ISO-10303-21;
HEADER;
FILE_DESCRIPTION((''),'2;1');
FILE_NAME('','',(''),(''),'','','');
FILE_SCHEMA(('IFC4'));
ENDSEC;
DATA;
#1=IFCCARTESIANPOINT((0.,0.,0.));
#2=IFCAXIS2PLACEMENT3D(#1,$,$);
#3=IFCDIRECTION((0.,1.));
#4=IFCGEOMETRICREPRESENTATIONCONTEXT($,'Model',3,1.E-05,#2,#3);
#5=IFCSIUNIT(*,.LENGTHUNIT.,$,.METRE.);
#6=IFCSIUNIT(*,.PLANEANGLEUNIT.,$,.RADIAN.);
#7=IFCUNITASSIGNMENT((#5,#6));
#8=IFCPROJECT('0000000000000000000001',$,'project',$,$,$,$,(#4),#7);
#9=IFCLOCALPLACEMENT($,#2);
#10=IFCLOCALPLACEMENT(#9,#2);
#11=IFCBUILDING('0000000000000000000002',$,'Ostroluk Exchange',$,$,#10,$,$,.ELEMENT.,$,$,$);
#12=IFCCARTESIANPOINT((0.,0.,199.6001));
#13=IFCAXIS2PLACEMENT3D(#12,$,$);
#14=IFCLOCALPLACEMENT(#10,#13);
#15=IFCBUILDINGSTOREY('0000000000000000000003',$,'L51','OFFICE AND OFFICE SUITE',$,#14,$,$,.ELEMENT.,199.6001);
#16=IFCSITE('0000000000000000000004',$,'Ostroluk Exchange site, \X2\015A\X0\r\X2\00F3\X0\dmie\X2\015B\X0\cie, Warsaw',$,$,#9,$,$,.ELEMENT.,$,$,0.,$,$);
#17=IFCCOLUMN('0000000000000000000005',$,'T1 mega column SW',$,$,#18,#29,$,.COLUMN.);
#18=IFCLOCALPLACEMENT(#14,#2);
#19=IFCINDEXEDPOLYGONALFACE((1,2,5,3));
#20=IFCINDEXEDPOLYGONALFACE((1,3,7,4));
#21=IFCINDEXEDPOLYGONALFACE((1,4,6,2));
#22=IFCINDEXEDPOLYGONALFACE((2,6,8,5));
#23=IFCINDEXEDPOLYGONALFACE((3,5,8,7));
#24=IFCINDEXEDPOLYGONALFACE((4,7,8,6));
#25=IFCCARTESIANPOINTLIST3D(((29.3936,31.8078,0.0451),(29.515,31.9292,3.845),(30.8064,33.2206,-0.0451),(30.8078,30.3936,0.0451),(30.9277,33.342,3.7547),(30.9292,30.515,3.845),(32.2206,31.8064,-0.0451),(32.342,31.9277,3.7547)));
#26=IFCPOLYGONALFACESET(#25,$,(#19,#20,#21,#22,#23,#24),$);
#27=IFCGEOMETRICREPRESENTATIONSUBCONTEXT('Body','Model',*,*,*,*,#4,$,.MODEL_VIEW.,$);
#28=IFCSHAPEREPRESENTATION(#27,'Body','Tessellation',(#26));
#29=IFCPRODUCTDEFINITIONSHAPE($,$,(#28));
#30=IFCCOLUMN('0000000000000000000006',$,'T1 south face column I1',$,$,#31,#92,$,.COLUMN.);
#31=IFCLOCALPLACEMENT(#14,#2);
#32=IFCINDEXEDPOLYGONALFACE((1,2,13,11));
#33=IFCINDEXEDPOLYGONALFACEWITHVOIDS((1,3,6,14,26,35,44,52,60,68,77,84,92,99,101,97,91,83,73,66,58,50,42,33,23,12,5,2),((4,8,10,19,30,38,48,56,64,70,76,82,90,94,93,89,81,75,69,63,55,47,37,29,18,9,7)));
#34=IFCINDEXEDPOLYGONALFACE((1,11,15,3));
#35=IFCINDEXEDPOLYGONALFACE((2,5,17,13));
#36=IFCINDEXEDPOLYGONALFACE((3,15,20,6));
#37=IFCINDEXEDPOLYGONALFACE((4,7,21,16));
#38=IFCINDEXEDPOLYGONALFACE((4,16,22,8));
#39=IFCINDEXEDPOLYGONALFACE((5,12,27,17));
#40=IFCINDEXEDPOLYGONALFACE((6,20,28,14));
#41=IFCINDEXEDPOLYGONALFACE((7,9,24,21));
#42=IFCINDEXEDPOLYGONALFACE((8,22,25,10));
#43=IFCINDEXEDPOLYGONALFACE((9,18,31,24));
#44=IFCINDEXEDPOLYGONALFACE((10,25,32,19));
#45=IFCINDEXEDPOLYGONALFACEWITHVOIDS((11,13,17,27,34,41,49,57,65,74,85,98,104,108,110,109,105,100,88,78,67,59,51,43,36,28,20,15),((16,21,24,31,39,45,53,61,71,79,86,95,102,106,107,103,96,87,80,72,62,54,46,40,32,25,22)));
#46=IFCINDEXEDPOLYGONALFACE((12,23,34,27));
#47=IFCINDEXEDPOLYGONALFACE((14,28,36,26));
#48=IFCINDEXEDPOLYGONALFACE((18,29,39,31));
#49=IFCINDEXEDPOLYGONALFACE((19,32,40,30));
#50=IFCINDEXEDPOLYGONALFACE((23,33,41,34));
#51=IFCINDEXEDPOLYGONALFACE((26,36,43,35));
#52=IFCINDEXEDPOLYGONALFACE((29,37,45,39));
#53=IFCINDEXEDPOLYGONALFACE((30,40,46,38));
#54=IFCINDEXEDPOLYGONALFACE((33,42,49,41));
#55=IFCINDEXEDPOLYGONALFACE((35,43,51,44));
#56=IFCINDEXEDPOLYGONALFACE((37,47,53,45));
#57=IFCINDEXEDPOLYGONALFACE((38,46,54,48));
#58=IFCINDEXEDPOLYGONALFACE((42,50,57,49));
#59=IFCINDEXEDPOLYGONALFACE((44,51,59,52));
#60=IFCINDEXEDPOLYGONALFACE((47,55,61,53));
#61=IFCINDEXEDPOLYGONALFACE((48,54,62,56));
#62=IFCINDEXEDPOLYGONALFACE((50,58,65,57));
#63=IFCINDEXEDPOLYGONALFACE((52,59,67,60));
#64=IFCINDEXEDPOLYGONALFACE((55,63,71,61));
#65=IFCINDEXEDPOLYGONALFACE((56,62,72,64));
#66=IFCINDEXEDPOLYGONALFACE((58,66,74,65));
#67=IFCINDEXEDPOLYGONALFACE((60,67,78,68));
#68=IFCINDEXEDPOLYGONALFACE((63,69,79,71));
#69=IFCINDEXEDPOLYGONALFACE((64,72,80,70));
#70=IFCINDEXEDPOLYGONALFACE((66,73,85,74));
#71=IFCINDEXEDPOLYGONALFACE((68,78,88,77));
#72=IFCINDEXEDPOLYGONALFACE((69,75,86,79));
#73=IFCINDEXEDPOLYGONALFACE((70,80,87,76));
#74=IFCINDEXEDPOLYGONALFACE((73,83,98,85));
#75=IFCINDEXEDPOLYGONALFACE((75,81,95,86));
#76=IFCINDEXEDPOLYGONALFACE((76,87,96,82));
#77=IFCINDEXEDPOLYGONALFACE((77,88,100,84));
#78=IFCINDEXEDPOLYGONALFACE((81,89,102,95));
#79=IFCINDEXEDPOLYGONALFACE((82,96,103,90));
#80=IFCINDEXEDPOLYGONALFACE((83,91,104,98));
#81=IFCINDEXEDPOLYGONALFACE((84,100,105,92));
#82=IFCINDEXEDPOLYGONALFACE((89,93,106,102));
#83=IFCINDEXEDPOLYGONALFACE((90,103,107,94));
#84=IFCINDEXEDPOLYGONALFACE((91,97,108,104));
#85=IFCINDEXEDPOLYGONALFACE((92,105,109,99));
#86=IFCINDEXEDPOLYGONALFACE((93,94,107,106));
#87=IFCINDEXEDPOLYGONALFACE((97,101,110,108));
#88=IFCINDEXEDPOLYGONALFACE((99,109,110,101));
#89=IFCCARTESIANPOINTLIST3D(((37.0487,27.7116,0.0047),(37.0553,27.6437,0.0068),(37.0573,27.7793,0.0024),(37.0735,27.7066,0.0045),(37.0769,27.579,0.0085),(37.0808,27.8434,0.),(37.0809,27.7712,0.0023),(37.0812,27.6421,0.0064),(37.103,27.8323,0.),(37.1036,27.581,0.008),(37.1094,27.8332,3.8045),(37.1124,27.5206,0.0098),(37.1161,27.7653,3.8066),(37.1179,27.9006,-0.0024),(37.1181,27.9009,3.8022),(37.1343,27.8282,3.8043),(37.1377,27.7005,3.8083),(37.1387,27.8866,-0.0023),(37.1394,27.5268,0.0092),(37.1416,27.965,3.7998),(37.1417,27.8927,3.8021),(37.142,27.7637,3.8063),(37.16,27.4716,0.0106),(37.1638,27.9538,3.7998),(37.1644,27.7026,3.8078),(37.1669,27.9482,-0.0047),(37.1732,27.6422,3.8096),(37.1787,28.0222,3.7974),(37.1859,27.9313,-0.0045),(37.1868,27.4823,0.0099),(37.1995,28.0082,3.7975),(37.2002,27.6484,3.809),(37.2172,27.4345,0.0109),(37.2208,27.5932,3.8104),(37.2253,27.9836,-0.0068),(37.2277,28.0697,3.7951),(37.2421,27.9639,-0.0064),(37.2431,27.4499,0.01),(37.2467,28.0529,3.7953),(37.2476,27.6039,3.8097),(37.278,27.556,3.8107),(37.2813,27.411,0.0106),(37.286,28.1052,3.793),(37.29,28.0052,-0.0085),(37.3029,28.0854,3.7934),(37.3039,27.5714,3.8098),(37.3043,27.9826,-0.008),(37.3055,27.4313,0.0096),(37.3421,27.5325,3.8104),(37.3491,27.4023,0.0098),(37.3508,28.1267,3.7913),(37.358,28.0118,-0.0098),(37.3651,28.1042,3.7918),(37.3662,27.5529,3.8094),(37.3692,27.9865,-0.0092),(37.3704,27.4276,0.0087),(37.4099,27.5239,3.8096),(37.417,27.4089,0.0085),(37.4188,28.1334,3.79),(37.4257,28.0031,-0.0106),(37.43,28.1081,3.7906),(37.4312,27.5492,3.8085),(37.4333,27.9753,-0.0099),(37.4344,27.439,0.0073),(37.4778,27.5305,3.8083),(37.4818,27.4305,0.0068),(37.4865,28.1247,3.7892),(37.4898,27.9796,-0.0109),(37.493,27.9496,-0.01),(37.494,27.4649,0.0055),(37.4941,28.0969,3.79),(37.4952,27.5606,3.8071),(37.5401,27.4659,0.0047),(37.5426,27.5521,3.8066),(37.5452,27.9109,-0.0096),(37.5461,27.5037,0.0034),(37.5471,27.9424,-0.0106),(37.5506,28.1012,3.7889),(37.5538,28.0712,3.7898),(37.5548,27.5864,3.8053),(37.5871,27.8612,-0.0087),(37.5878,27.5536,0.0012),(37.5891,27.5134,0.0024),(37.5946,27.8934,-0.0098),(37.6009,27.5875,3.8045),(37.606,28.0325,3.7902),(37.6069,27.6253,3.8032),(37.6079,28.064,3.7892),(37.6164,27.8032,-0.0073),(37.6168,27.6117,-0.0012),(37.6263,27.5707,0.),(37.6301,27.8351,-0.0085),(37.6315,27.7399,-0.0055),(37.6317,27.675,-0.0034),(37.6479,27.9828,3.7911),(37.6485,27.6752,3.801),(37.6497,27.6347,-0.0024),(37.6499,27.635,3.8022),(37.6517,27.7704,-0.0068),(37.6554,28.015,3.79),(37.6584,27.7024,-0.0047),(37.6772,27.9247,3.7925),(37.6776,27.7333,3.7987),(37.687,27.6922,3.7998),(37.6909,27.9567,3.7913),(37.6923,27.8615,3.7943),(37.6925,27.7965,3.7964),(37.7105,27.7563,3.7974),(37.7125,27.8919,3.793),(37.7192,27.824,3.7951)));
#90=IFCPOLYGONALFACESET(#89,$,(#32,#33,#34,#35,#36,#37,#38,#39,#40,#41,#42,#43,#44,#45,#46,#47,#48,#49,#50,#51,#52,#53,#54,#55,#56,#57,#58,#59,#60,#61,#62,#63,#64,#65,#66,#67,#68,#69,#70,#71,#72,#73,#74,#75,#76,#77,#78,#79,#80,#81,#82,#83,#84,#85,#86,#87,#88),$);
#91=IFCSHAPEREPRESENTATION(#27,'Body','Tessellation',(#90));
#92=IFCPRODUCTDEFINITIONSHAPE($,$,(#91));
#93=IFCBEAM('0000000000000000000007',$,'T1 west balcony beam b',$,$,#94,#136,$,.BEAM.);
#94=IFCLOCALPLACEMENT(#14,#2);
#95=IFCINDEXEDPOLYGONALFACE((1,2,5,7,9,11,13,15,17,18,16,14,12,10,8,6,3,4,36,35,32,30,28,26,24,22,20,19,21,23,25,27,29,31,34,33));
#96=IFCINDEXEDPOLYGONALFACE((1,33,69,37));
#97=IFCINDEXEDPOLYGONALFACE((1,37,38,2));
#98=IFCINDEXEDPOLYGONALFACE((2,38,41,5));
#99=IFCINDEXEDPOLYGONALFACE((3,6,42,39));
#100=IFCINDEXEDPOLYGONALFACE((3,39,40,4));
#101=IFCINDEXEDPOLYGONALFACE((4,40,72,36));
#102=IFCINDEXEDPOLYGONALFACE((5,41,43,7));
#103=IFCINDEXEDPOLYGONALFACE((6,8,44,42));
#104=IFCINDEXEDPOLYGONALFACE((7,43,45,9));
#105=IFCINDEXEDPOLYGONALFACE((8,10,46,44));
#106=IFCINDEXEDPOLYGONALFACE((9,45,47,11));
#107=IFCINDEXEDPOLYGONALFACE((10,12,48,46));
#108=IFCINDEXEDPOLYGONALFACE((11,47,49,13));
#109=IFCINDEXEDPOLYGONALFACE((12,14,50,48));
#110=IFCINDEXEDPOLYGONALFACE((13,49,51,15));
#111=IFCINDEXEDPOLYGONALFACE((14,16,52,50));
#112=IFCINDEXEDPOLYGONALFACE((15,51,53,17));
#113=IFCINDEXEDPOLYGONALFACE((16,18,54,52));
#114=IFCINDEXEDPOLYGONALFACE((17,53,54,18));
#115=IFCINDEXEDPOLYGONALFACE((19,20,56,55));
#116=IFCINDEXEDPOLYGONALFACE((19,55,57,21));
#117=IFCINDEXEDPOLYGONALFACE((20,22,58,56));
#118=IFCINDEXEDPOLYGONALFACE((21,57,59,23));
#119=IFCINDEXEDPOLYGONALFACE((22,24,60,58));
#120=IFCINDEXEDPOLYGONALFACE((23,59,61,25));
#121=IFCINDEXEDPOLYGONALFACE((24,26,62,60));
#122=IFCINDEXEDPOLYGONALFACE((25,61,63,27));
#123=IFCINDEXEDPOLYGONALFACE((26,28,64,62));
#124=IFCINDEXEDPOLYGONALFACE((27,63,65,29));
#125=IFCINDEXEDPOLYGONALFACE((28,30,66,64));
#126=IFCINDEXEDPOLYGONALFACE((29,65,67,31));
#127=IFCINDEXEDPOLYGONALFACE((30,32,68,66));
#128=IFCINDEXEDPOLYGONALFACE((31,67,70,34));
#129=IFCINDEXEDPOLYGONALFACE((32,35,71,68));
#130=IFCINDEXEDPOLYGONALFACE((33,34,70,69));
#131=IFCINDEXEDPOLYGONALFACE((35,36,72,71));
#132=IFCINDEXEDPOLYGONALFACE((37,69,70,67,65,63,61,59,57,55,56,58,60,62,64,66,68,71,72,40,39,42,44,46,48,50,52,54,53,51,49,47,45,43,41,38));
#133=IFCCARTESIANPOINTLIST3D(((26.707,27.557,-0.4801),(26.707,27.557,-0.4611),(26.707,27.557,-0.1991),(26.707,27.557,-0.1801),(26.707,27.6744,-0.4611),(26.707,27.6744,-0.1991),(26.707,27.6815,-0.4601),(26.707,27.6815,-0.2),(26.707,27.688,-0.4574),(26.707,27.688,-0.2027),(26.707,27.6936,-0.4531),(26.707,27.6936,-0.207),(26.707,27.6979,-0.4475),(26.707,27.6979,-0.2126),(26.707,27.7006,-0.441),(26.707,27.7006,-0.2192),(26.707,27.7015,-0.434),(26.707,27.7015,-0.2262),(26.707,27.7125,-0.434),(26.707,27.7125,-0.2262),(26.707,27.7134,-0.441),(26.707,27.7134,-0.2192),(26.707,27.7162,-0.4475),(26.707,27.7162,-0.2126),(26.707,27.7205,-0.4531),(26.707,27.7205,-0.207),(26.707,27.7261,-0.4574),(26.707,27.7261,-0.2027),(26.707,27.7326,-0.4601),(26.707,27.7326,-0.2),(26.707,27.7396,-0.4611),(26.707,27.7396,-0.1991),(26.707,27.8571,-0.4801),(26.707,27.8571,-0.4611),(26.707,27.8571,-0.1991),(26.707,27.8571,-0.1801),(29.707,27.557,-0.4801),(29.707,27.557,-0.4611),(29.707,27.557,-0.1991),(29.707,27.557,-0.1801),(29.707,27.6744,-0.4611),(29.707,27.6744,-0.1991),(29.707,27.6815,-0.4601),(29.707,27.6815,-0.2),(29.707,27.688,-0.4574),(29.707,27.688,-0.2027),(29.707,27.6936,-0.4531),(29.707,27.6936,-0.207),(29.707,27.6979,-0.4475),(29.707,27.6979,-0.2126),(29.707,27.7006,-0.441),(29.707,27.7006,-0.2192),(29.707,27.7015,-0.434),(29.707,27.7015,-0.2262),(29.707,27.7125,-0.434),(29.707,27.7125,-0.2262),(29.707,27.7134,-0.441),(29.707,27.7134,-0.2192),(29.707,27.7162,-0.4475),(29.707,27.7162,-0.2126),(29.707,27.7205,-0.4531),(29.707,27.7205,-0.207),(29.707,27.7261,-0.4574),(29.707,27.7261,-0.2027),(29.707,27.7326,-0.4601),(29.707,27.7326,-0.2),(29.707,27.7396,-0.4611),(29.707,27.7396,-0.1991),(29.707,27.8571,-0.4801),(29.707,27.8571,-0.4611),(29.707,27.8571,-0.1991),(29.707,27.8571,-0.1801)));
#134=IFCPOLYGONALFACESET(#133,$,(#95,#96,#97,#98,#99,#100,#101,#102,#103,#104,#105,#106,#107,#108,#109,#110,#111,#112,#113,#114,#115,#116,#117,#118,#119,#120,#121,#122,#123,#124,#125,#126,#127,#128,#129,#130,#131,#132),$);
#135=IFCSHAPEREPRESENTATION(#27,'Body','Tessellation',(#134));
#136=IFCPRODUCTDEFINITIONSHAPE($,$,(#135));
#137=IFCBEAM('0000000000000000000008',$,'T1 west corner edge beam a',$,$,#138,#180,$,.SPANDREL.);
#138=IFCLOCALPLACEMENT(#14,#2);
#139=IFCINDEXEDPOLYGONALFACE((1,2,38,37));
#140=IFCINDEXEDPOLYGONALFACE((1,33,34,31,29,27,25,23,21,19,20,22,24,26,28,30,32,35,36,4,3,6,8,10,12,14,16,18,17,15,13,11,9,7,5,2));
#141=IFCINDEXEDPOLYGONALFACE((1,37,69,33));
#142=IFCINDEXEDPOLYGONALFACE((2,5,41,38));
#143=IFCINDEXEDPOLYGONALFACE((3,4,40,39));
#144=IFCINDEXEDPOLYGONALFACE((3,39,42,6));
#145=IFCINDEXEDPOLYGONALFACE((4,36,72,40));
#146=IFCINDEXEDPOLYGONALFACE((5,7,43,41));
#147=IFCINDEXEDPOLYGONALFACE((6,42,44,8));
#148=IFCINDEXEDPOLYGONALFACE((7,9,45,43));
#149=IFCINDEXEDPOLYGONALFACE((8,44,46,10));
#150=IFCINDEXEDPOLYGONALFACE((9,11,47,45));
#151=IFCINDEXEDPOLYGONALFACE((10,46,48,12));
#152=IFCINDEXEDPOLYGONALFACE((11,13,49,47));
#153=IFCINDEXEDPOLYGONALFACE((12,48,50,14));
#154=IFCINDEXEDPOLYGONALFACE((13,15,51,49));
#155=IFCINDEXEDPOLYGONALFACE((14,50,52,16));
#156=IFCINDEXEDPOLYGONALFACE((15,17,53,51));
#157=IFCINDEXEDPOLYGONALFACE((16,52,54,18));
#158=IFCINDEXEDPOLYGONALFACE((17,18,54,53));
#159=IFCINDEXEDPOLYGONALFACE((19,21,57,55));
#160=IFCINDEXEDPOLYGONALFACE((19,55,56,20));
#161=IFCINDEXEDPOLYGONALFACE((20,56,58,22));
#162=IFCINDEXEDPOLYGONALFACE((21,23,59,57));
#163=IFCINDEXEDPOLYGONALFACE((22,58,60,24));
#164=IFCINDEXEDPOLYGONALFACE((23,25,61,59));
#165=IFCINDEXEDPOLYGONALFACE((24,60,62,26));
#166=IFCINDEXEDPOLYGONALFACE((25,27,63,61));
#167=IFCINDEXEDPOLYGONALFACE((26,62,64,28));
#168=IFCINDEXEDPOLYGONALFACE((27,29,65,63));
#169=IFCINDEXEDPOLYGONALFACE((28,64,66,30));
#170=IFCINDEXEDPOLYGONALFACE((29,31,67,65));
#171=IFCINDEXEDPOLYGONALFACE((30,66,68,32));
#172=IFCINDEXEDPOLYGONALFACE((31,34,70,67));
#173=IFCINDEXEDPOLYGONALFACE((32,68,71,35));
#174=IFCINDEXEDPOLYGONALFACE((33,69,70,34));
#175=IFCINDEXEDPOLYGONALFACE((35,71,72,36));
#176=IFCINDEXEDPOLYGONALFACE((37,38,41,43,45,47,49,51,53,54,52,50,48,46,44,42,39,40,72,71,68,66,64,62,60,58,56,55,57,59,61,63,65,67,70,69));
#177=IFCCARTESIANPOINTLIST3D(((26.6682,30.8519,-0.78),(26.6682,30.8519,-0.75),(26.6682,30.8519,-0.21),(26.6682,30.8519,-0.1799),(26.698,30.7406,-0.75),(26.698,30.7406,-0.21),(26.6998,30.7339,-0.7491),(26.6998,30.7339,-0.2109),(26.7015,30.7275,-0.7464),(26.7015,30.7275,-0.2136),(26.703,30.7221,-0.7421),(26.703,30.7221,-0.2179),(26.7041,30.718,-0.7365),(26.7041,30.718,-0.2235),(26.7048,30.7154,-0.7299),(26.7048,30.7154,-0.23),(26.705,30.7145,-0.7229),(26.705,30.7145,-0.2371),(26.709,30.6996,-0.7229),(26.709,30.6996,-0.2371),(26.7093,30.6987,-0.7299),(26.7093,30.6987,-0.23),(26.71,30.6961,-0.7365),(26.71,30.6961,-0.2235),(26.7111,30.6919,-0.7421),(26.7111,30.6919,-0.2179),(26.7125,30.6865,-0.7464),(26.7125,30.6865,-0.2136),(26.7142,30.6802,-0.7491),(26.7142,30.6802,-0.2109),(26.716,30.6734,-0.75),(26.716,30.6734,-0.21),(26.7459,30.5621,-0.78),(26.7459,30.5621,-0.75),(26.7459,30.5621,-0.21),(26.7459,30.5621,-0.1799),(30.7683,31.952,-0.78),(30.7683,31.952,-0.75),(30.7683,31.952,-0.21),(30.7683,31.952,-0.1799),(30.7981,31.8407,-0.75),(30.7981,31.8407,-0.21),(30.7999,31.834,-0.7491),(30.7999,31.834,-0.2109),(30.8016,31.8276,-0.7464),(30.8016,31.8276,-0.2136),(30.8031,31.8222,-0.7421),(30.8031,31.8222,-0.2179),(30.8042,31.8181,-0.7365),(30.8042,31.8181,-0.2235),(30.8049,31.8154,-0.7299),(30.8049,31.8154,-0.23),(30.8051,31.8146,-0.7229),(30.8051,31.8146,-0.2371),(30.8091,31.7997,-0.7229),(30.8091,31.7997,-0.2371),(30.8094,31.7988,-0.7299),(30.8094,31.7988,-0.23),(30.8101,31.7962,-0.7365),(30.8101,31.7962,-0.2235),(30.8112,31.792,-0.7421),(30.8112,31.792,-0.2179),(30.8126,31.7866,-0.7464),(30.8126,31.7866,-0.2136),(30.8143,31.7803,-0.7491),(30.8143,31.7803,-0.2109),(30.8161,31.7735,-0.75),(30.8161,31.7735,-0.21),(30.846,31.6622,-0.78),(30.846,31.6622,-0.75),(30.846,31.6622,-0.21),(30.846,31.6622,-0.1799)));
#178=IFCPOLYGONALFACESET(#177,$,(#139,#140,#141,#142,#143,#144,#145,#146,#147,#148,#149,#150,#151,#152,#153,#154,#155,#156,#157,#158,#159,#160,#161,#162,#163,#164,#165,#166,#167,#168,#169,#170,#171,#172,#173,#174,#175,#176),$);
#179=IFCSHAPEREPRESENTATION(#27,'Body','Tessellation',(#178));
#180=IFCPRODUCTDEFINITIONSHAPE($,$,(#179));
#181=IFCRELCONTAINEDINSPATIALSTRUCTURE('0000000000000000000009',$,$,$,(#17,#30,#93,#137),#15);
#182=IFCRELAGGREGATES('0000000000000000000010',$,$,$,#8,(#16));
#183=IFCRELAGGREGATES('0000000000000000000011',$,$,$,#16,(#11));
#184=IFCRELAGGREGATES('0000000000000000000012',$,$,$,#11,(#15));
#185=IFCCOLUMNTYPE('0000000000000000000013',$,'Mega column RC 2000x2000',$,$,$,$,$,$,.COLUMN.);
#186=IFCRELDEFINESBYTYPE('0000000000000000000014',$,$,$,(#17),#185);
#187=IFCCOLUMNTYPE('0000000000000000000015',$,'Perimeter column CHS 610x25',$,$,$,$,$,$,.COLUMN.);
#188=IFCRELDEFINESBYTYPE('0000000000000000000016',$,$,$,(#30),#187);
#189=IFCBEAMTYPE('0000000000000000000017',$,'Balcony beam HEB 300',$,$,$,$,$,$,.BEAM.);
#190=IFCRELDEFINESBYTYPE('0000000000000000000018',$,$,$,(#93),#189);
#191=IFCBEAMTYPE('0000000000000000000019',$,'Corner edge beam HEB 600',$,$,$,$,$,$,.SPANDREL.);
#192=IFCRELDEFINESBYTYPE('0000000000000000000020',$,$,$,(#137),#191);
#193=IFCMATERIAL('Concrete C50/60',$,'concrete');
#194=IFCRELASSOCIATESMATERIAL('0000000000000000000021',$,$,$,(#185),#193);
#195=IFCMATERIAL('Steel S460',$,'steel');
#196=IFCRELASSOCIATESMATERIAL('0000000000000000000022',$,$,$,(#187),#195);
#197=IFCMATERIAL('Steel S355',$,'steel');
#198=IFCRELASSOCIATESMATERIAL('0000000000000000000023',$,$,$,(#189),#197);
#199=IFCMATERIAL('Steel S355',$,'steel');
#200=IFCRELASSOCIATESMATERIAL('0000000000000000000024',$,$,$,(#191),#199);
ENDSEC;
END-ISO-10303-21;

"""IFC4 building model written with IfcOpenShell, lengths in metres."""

from ifc_helpers import new_model, si_unit, direction, frame, origin, origin_2d, place, context, subcontext, project, spatial, rectangle, hollow_circle, i_section, extrude, material, material_profile, profile_set, type_object, element, save


model = new_model("IFC4")

# Units and contexts
model_context = context("Model", 3, precision=1e-05, world=origin(), true_north=direction((0.0, 1.0)))
body_context = subcontext(model_context, "Body", "Model", "MODEL_VIEW")
ifc_project = project(units=[si_unit("LENGTHUNIT", "METRE"), si_unit("PLANEANGLEUNIT", "RADIAN")], contexts=[model_context])

# Site, building, storey
site_placement = place(None, origin())
site = spatial("IfcSite", under=ifc_project, at=site_placement, Name="Ostroluk Exchange site, Śródmieście, Warsaw", CompositionType="ELEMENT", RefElevation=0.0)
building_placement = place(site_placement, origin())
building = spatial("IfcBuilding", under=site, at=building_placement, Name="Ostroluk Exchange", CompositionType="ELEMENT")
storey_placement = place(building_placement, frame((0.0, 0.0, 199.6001)))
storey = spatial("IfcBuildingStorey", under=building, at=storey_placement, Name="L51", Description="OFFICE AND OFFICE SUITE", CompositionType="ELEMENT", Elevation=199.6001)

# Columns
ifc_material_1 = material(Name="Concrete C50/60", Category="concrete")
ifc_material_profile_1 = material_profile(ifc_material_1, rectangle(XDim=2.0, YDim=2.0, at=origin_2d()), Name="RC 2000x2000")
ifc_profile_set_1 = profile_set([ifc_material_profile_1], Name="Concrete C50/60")
column_type_1 = type_object("IfcColumnType", Name="Mega column RC 2000x2000", PredefinedType="COLUMN", material=ifc_profile_set_1)
column_1_placement = place(storey_placement, frame((30.8071, 31.8071, 0.0), z_axis=(0.0319, 0.0319, 0.998982), x_axis=(-0.707107, 0.707107, 0.0)))
element("IfcColumn", 1, at=column_1_placement, inside=storey, type_object=column_type_1, Name="T1 mega column SW", PredefinedType="COLUMN", context=body_context, shape_type="SweptSolid", body=[
    extrude(rectangle(XDim=2.0, YDim=2.0, at=origin_2d()), origin(), (0.0, 0.0, 1.0), 3.8037),
])
ifc_material_2 = material(Name="Steel S460", Category="steel")
ifc_material_profile_2 = material_profile(ifc_material_2, hollow_circle(Radius=0.3049, WallThickness=0.0249, at=origin_2d()), Name="CHS 610x25")
ifc_profile_set_2 = profile_set([ifc_material_profile_2], Name="Steel S460")
column_type_2 = type_object("IfcColumnType", Name="Perimeter column CHS 610x25", PredefinedType="COLUMN", material=ifc_profile_set_2)
column_2_placement = place(storey_placement, frame((37.3535, 27.707, 0.0), z_axis=(0.015988, 0.031976, 0.999361), x_axis=(-0.894427, 0.447214, 0.0)))
element("IfcColumn", 2, at=column_2_placement, inside=storey, type_object=column_type_2, Name="T1 south face column I1", PredefinedType="COLUMN", context=body_context, shape_type="SweptSolid", body=[
    extrude(hollow_circle(Radius=0.3049, WallThickness=0.0249, at=origin_2d()), origin(), (0.0, 0.0, 1.0), 3.8022),
])

# Beams
ifc_material_3 = material(Name="Steel S355", Category="steel")
ifc_material_profile_3 = material_profile(ifc_material_3, i_section(OverallWidth=0.3, OverallDepth=0.3, WebThickness=0.011, FlangeThickness=0.019, FilletRadius=0.0271, at=origin_2d()), Name="HEB 300")
ifc_profile_set_3 = profile_set([ifc_material_profile_3], Name="Steel S355")
beam_type_1 = type_object("IfcBeamType", Name="Balcony beam HEB 300", PredefinedType="BEAM", material=ifc_profile_set_3)
beam_1_placement = place(storey_placement, frame((29.707, 27.707, -0.3301), z_axis=(-1.0, 0.0, 0.0), x_axis=(0.0, -1.0, 0.0)))
element("IfcBeam", 3, at=beam_1_placement, inside=storey, type_object=beam_type_1, Name="T1 west balcony beam b", PredefinedType="BEAM", context=body_context, shape_type="SweptSolid", body=[
    extrude(i_section(OverallWidth=0.3, OverallDepth=0.3, WebThickness=0.011, FlangeThickness=0.019, FilletRadius=0.0271, at=origin_2d()), origin(), (0.0, 0.0, 1.0), 3.0),
])
ifc_material_4 = material(Name="Steel S355", Category="steel")
ifc_material_profile_4 = material_profile(ifc_material_4, i_section(OverallWidth=0.3, OverallDepth=0.6001, WebThickness=0.0154, FlangeThickness=0.03, FilletRadius=0.0271, at=origin_2d()), Name="HEB 600")
ifc_profile_set_4 = profile_set([ifc_material_profile_4], Name="Steel S355")
beam_type_2 = type_object("IfcBeamType", Name="Corner edge beam HEB 600", PredefinedType="SPANDREL", material=ifc_profile_set_4)
for number, where, z_axis, x_axis, name in (
    (4, (30.8071, 31.8071, -0.48), (-0.965839, -0.259144, 0.0), (0.259144, -0.965839, 0.0), "T1 west corner edge beam a"),
):
    element("IfcBeam", number, at=place(storey_placement, frame(where, z_axis=z_axis, x_axis=x_axis)), inside=storey, type_object=beam_type_2, Name=name, PredefinedType="SPANDREL", context=body_context, shape_type="SweptSolid", body=[
        extrude(i_section(OverallWidth=0.3, OverallDepth=0.6001, WebThickness=0.0154, FlangeThickness=0.03, FilletRadius=0.0271, at=origin_2d()), origin(), (0.0, 0.0, 1.0), 4.2451),
    ])

save(model, "model.ifc")
